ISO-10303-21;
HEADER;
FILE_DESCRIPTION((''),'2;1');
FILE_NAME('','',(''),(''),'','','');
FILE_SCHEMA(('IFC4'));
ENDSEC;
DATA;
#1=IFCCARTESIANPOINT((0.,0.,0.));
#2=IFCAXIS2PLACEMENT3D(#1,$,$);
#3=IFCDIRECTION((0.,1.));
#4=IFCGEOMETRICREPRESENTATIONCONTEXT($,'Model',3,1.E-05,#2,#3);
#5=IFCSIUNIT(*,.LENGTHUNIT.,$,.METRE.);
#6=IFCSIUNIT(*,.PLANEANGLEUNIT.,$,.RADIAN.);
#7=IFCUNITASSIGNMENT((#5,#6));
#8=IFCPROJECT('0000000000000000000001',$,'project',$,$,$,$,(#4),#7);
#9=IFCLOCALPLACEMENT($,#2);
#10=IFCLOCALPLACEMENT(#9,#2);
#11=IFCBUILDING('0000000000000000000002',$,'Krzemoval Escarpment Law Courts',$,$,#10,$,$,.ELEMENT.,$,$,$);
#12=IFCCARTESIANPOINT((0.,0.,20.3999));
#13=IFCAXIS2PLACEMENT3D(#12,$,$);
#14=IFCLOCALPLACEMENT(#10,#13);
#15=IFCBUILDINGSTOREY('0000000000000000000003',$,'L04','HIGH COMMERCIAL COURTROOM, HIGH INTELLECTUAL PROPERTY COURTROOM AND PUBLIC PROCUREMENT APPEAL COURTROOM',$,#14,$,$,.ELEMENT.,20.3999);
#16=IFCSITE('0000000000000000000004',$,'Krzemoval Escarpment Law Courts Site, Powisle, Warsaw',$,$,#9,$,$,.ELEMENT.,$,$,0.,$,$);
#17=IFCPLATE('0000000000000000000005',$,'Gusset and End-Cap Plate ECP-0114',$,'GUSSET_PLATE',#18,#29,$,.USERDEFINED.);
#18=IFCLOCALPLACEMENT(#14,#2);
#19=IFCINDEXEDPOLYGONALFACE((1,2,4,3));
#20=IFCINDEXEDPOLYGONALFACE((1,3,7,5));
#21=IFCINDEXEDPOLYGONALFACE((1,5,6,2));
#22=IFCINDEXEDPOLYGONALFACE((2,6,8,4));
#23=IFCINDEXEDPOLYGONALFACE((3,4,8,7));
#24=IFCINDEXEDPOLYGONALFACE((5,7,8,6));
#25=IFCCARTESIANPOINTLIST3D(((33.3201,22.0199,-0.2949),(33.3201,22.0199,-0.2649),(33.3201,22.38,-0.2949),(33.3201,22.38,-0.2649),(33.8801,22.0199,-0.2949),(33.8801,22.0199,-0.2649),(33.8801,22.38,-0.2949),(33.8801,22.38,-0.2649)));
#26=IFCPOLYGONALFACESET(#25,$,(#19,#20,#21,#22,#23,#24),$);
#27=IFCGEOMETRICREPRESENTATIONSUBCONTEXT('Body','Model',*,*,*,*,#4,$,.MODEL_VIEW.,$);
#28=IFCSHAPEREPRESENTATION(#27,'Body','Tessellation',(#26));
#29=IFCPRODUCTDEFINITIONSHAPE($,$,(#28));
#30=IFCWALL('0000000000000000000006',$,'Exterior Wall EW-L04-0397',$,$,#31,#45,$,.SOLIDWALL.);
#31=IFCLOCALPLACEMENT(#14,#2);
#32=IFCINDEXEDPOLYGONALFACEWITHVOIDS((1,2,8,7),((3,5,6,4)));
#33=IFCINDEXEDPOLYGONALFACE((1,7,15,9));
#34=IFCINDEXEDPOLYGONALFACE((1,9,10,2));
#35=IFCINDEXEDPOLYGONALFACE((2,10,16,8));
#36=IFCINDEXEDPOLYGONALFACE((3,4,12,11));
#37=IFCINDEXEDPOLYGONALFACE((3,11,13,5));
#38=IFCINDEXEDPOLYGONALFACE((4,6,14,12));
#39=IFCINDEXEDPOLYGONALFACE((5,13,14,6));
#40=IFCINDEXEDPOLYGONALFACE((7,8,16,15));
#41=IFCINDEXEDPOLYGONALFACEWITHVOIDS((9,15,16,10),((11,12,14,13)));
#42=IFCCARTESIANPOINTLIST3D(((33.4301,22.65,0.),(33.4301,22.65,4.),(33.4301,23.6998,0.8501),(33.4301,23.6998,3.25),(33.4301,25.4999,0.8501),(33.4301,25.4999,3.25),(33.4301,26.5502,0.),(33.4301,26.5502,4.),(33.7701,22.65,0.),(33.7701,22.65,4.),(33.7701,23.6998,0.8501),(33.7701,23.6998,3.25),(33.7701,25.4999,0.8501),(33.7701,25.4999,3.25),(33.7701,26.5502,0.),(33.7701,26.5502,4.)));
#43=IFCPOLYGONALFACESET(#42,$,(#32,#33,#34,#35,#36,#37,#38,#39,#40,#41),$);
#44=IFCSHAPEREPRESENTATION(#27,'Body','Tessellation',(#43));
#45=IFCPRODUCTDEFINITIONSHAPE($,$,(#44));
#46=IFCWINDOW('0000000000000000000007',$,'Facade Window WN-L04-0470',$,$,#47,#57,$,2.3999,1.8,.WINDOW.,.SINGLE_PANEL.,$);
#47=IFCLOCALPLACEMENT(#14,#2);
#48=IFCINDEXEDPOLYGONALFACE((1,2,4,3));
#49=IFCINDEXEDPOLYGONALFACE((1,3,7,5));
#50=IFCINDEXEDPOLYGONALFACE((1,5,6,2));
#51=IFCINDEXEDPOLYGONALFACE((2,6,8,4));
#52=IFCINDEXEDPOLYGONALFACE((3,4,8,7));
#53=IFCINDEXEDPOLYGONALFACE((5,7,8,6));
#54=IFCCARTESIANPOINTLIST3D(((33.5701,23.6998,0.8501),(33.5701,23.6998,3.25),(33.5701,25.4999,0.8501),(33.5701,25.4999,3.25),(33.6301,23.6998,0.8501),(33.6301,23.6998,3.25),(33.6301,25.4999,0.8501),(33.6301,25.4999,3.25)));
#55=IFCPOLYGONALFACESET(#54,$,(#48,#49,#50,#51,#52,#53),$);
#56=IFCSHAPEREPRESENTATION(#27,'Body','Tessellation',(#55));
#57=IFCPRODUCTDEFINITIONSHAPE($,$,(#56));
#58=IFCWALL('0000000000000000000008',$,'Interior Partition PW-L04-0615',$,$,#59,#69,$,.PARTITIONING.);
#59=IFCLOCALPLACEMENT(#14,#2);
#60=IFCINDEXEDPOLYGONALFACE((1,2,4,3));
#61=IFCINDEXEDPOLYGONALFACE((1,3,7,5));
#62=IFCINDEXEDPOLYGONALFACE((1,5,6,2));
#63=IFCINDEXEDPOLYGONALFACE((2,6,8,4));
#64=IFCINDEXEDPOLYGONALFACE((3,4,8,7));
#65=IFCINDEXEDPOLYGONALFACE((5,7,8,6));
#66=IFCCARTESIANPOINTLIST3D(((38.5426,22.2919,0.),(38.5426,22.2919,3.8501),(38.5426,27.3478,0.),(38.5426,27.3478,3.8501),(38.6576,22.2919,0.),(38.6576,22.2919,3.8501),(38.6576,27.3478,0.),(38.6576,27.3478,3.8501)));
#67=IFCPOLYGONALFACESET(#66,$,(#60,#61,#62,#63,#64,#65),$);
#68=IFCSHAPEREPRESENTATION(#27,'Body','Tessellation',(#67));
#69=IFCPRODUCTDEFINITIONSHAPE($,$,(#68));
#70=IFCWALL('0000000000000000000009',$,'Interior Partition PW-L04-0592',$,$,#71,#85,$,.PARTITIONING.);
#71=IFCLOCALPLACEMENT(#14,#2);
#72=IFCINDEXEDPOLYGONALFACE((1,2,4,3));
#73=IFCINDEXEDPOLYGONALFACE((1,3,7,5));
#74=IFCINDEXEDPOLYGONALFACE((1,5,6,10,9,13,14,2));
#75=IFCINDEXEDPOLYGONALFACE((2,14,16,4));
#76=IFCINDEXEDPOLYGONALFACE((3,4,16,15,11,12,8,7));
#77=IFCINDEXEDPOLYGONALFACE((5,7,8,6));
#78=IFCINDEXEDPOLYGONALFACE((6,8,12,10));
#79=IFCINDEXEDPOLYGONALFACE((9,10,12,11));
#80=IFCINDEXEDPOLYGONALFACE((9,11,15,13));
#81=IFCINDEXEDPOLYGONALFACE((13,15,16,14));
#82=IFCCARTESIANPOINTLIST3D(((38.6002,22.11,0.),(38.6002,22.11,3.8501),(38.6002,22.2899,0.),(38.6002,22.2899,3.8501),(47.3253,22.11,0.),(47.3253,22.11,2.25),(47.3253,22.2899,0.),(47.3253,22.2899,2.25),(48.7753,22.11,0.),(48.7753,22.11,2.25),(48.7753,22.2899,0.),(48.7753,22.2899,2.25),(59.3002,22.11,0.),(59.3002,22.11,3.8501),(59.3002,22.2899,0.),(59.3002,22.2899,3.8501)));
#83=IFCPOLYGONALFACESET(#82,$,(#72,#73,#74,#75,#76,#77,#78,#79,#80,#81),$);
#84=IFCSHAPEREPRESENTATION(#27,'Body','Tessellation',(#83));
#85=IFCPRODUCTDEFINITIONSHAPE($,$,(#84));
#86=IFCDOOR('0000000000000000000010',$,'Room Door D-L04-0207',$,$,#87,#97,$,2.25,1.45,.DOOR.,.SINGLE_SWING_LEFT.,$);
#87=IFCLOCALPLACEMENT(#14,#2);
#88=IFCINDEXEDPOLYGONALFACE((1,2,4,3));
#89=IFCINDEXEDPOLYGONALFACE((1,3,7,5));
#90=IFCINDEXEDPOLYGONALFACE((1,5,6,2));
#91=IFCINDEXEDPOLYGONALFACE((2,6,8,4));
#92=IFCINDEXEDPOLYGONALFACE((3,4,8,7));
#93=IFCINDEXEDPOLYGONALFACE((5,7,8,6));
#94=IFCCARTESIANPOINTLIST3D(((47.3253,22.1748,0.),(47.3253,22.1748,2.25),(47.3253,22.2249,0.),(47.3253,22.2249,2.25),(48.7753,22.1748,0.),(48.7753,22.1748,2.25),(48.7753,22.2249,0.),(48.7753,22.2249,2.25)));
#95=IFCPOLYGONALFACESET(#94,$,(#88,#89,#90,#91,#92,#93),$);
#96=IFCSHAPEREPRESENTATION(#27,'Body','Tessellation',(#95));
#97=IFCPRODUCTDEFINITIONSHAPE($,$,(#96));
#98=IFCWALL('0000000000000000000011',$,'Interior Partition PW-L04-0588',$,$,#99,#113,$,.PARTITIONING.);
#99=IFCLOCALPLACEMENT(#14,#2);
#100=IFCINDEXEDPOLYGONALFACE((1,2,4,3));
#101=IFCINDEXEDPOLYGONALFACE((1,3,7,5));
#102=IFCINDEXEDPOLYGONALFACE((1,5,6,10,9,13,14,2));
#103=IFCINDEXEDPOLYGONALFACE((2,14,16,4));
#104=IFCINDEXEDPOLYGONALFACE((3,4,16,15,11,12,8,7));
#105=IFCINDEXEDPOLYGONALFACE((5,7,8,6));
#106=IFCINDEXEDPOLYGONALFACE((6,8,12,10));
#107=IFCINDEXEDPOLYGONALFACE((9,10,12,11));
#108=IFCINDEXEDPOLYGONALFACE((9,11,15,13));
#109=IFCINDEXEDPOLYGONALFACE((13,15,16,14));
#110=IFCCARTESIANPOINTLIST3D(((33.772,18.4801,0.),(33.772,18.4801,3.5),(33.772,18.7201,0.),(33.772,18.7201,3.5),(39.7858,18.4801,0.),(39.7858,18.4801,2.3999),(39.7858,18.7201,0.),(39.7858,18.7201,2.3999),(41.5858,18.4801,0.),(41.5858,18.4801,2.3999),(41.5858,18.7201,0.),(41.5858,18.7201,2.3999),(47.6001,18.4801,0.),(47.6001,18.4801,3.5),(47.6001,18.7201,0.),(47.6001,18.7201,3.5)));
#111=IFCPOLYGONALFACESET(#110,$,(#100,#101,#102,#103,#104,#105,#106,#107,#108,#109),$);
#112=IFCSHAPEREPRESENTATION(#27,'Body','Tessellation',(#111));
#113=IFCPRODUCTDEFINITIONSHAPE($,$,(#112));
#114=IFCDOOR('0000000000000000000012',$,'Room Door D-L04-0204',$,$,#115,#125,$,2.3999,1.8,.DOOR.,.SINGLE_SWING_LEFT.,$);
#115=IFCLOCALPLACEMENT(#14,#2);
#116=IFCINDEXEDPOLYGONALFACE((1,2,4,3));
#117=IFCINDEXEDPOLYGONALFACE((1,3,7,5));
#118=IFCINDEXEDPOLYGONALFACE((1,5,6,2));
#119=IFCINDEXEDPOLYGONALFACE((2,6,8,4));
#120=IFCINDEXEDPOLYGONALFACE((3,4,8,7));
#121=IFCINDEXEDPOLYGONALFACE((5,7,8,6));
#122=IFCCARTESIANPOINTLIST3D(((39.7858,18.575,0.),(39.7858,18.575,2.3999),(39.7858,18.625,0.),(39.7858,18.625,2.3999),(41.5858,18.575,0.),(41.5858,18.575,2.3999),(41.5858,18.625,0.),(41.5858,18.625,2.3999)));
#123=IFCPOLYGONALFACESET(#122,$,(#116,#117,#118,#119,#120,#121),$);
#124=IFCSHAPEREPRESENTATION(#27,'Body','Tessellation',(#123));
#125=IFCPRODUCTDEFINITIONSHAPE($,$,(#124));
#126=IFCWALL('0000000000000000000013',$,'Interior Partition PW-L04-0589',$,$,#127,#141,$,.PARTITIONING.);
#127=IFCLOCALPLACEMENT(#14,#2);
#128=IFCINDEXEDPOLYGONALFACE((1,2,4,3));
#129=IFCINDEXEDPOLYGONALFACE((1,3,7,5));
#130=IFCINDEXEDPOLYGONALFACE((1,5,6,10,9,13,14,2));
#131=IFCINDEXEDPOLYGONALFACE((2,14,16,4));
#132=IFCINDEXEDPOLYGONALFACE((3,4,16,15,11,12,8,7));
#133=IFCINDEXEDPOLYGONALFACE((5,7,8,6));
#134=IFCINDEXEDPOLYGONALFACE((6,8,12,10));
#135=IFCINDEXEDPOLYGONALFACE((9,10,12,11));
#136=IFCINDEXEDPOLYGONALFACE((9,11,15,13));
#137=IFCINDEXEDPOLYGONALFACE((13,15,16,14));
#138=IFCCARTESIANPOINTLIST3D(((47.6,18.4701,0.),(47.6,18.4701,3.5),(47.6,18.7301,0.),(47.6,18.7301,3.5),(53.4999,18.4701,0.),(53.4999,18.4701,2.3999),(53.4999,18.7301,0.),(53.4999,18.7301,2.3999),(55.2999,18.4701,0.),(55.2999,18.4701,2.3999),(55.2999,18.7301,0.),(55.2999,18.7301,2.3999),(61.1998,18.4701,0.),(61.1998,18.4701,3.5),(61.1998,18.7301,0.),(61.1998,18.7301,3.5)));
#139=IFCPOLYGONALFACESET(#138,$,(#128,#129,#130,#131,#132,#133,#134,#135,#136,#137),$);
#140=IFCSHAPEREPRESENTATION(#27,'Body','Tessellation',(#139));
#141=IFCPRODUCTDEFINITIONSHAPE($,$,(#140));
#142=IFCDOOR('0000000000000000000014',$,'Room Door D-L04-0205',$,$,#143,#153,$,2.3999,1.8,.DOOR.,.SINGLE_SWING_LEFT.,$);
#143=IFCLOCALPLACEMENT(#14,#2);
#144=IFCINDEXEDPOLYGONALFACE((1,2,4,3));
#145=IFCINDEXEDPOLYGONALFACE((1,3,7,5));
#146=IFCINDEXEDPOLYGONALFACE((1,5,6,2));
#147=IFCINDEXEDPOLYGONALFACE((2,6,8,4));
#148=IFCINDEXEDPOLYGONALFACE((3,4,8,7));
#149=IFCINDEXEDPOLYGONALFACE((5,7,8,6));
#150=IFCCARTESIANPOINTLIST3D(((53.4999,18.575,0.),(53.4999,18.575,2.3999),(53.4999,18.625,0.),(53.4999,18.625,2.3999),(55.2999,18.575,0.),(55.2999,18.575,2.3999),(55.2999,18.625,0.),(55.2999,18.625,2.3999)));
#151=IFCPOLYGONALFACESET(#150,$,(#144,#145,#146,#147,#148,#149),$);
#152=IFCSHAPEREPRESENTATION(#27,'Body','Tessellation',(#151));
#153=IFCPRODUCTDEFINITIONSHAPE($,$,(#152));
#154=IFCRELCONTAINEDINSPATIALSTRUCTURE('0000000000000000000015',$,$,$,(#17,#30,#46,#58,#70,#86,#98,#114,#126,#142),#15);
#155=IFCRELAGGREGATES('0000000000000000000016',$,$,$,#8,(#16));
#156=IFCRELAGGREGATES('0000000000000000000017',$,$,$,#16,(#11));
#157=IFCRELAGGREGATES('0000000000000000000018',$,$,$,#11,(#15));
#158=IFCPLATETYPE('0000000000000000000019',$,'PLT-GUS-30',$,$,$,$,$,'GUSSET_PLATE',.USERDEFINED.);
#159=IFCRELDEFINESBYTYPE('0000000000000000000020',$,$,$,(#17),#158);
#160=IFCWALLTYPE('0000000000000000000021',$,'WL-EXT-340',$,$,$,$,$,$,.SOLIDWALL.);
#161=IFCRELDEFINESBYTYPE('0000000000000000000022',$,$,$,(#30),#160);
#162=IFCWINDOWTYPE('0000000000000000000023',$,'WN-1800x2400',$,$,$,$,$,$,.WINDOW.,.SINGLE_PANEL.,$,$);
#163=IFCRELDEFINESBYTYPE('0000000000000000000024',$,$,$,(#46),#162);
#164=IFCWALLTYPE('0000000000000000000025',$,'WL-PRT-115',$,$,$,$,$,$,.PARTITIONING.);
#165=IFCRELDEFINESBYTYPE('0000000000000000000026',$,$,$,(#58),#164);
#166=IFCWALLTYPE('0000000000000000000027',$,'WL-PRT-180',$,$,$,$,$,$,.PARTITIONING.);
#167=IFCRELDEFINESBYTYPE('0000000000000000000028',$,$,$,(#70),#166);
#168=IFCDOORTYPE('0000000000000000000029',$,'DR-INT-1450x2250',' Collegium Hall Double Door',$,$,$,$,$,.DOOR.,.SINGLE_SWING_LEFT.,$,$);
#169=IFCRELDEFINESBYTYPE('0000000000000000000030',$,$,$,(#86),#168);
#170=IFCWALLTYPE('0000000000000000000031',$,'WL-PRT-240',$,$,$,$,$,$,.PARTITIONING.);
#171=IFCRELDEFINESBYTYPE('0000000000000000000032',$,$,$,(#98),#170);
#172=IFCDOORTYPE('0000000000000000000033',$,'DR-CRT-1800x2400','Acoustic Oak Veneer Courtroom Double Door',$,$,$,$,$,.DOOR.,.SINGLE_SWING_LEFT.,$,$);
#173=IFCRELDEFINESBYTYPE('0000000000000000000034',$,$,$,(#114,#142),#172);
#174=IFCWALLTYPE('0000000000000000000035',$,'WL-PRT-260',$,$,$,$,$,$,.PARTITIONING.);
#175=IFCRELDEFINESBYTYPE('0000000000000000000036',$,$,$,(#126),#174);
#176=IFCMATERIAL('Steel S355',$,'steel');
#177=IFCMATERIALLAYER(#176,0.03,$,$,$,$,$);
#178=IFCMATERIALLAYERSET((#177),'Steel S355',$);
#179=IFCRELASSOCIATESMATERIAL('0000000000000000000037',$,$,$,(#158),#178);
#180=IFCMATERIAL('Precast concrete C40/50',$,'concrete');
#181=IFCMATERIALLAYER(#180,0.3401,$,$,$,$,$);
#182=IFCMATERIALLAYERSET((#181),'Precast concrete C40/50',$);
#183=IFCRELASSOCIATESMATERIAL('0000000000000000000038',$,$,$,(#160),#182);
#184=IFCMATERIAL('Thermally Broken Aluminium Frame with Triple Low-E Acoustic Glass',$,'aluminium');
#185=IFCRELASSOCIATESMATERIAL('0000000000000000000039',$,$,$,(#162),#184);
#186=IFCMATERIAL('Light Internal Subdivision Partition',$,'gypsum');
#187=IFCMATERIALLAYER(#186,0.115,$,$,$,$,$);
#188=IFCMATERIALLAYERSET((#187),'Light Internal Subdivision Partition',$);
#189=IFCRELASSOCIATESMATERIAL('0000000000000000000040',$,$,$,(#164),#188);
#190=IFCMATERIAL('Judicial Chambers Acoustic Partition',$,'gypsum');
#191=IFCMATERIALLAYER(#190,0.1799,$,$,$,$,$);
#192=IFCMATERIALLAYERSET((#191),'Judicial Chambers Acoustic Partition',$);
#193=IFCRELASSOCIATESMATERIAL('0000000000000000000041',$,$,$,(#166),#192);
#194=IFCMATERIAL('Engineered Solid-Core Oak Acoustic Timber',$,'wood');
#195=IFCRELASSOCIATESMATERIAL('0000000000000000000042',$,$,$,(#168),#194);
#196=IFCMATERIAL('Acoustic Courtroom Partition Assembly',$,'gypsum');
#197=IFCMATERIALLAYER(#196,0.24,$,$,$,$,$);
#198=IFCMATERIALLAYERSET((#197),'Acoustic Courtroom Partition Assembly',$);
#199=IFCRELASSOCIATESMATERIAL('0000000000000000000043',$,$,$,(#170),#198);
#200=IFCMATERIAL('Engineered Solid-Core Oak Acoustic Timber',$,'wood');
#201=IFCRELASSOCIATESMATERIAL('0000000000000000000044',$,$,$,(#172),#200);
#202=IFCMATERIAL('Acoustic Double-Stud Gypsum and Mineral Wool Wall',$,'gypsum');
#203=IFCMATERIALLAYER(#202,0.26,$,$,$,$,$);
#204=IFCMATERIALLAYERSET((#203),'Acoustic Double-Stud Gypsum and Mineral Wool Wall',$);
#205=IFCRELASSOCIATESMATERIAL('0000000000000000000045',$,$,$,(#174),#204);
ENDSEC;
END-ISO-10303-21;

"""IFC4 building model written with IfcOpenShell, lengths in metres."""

from ifc_helpers import new_model, si_unit, direction, frame, frame_2d, origin, origin_2d, place, context, subcontext, project, spatial, rectangle, extrude, material, layer, layer_set, type_object, element, fill, save


model = new_model("IFC4")

# Units and contexts
model_context = context("Model", 3, precision=1e-05, world=origin(), true_north=direction((0.0, 1.0)))
body_context = subcontext(model_context, "Body", "Model", "MODEL_VIEW")
ifc_project = project(units=[si_unit("LENGTHUNIT", "METRE"), si_unit("PLANEANGLEUNIT", "RADIAN")], contexts=[model_context])

# Site, building, storey
site_placement = place(None, origin())
site = spatial("IfcSite", under=ifc_project, at=site_placement, Name="Krzemoval Escarpment Law Courts Site, Powisle, Warsaw", CompositionType="ELEMENT", RefElevation=0.0)
building_placement = place(site_placement, origin())
building = spatial("IfcBuilding", under=site, at=building_placement, Name="Krzemoval Escarpment Law Courts", CompositionType="ELEMENT")
storey_placement = place(building_placement, frame((0.0, 0.0, 20.3999)))
storey = spatial("IfcBuildingStorey", under=building, at=storey_placement, Name="L04", Description="HIGH COMMERCIAL COURTROOM, HIGH INTELLECTUAL PROPERTY COURTROOM AND PUBLIC PROCUREMENT APPEAL COURTROOM", CompositionType="ELEMENT", Elevation=20.3999)

# Plate
ifc_material_1 = material(Name="Steel S355", Category="steel")
ifc_layer_1 = layer(ifc_material_1, 0.03)
ifc_layer_set_1 = layer_set([ifc_layer_1], Name="Steel S355")
plate_type_1 = type_object("IfcPlateType", Name="PLT-GUS-30", ElementType="GUSSET_PLATE", PredefinedType="USERDEFINED", material=ifc_layer_set_1)
plate_1_placement = place(storey_placement, frame((33.6001, 22.2, -0.2949), z_axis=(0.0, 0.0, 1.0), x_axis=(1.0, 0.0, 0.0)))
element("IfcPlate", 1, at=plate_1_placement, inside=storey, type_object=plate_type_1, Name="Gusset and End-Cap Plate ECP-0114", ObjectType="GUSSET_PLATE", PredefinedType="USERDEFINED", context=body_context, shape_type="SweptSolid", body=[
    extrude(rectangle(XDim=0.5601, YDim=0.3601, at=origin_2d()), origin(), (0.0, 0.0, 1.0), 0.03),
])

# Wall, opening, window
ifc_material_2 = material(Name="Precast concrete C40/50", Category="concrete")
ifc_layer_2 = layer(ifc_material_2, 0.3401)
ifc_layer_set_2 = layer_set([ifc_layer_2], Name="Precast concrete C40/50")
wall_type_1 = type_object("IfcWallType", Name="WL-EXT-340", PredefinedType="SOLIDWALL", material=ifc_layer_set_2)
wall_1_placement = place(storey_placement, frame((33.6001, 22.6499, 0.0), z_axis=(0.0, 0.0, 1.0), x_axis=(0.0, 1.0, 0.0)))
wall_1 = element("IfcWall", 2, at=wall_1_placement, inside=storey, type_object=wall_type_1, Name="Exterior Wall EW-L04-0397", PredefinedType="SOLIDWALL", context=body_context, shape_type="SweptSolid", body=[
    extrude(rectangle(XDim=3.9001, YDim=0.3401, at=frame_2d((1.9502, 0.0))), origin(), (0.0, 0.0, 1.0), 4.0),
])
opening_1_placement = place(wall_1_placement, frame((1.05, 0.0, 0.8501)))
opening_1 = element("IfcOpeningElement", 3, at=opening_1_placement, cuts=wall_1, PredefinedType="OPENING", context=body_context, shape_type="SweptSolid", body=[
    extrude(rectangle(XDim=1.8, YDim=2.3999, at=frame_2d((0.8999, 1.2))), frame((0.0, 0.185, 0.0), z_axis=(0.0, -1.0, 0.0), x_axis=(1.0, 0.0, 0.0)), (0.0, 0.0, 1.0), 0.3701),
])
ifc_material_3 = material(Name="Thermally Broken Aluminium Frame with Triple Low-E Acoustic Glass", Category="aluminium")
window_type = type_object("IfcWindowType", Name="WN-1800x2400", PartitioningType="SINGLE_PANEL", PredefinedType="WINDOW", material=ifc_material_3)
window_placement = place(opening_1_placement, origin())
window = element("IfcWindow", 4, at=window_placement, inside=storey, type_object=window_type, Name="Facade Window WN-L04-0470", OverallHeight=2.3999, OverallWidth=1.8, PartitioningType="SINGLE_PANEL", PredefinedType="WINDOW", context=body_context, shape_type="SweptSolid", body=[
    extrude(rectangle(XDim=1.8, YDim=2.3999, at=frame_2d((0.8999, 1.2))), frame((0.0, 0.03, 0.0), z_axis=(0.0, -1.0, 0.0), x_axis=(1.0, 0.0, 0.0)), (0.0, 0.0, 1.0), 0.0601),
])
fill(opening_1, window)

# Wall
ifc_material_4 = material(Name="Light Internal Subdivision Partition", Category="gypsum")
ifc_layer_3 = layer(ifc_material_4, 0.115)
ifc_layer_set_3 = layer_set([ifc_layer_3], Name="Light Internal Subdivision Partition")
wall_type_2 = type_object("IfcWallType", Name="WL-PRT-115", PredefinedType="PARTITIONING", material=ifc_layer_set_3)
wall_2_placement = place(storey_placement, frame((38.6001, 22.292, 0.0), z_axis=(0.0, 0.0, 1.0), x_axis=(0.0, 1.0, 0.0)))
element("IfcWall", 5, at=wall_2_placement, inside=storey, type_object=wall_type_2, Name="Interior Partition PW-L04-0615", PredefinedType="PARTITIONING", context=body_context, shape_type="SweptSolid", body=[
    extrude(rectangle(XDim=5.0559, YDim=0.115, at=frame_2d((2.5278, 0.0))), origin(), (0.0, 0.0, 1.0), 3.8501),
])

# Walls, openings, doors
ifc_material_5 = material(Name="Judicial Chambers Acoustic Partition", Category="gypsum")
ifc_layer_4 = layer(ifc_material_5, 0.1799)
ifc_layer_set_4 = layer_set([ifc_layer_4], Name="Judicial Chambers Acoustic Partition")
wall_type_3 = type_object("IfcWallType", Name="WL-PRT-180", PredefinedType="PARTITIONING", material=ifc_layer_set_4)
wall_3_placement = place(storey_placement, frame((38.6001, 22.2, 0.0), z_axis=(0.0, 0.0, 1.0), x_axis=(1.0, 0.0, 0.0)))
wall_3 = element("IfcWall", 6, at=wall_3_placement, inside=storey, type_object=wall_type_3, Name="Interior Partition PW-L04-0592", PredefinedType="PARTITIONING", context=body_context, shape_type="SweptSolid", body=[
    extrude(rectangle(XDim=20.7, YDim=0.1799, at=frame_2d((10.3501, 0.0))), origin(), (0.0, 0.0, 1.0), 3.8501),
])
opening_2_placement = place(wall_3_placement, frame((8.7251, 0.0, 0.0)))
opening_2 = element("IfcOpeningElement", 7, at=opening_2_placement, cuts=wall_3, PredefinedType="OPENING", context=body_context, shape_type="SweptSolid", body=[
    extrude(rectangle(XDim=1.45, YDim=2.25, at=frame_2d((0.7251, 1.125))), frame((0.0, 0.105, 0.0), z_axis=(0.0, -1.0, 0.0), x_axis=(1.0, 0.0, 0.0)), (0.0, 0.0, 1.0), 0.2099),
])
ifc_material_6 = material(Name="Engineered Solid-Core Oak Acoustic Timber", Category="wood")
door_type_1 = type_object("IfcDoorType", Name="DR-INT-1450x2250", Description=" Collegium Hall Double Door", OperationType="SINGLE_SWING_LEFT", PredefinedType="DOOR", material=ifc_material_6)
door_1_placement = place(opening_2_placement, origin())
door_1 = element("IfcDoor", 8, at=door_1_placement, inside=storey, type_object=door_type_1, Name="Room Door D-L04-0207", OperationType="SINGLE_SWING_LEFT", OverallHeight=2.25, OverallWidth=1.45, PredefinedType="DOOR", context=body_context, shape_type="SweptSolid", body=[
    extrude(rectangle(XDim=1.45, YDim=2.25, at=frame_2d((0.7251, 1.125))), frame((0.0, 0.0249, 0.0), z_axis=(0.0, -1.0, 0.0), x_axis=(1.0, 0.0, 0.0)), (0.0, 0.0, 1.0), 0.05),
])
fill(opening_2, door_1)
ifc_material_7 = material(Name="Acoustic Courtroom Partition Assembly", Category="gypsum")
ifc_layer_5 = layer(ifc_material_7, 0.24)
ifc_layer_set_5 = layer_set([ifc_layer_5], Name="Acoustic Courtroom Partition Assembly")
wall_type_4 = type_object("IfcWallType", Name="WL-PRT-240", PredefinedType="PARTITIONING", material=ifc_layer_set_5)
wall_4_placement = place(storey_placement, frame((33.772, 18.6001, 0.0), z_axis=(0.0, 0.0, 1.0), x_axis=(1.0, 0.0, 0.0)))
wall_4 = element("IfcWall", 9, at=wall_4_placement, inside=storey, type_object=wall_type_4, Name="Interior Partition PW-L04-0588", PredefinedType="PARTITIONING", context=body_context, shape_type="SweptSolid", body=[
    extrude(rectangle(XDim=13.8281, YDim=0.24, at=frame_2d((6.9141, 0.0))), origin(), (0.0, 0.0, 1.0), 3.5),
])
opening_3_placement = place(wall_4_placement, frame((6.0139, 0.0, 0.0)))
opening_3 = element("IfcOpeningElement", 10, at=opening_3_placement, cuts=wall_4, PredefinedType="OPENING", context=body_context, shape_type="SweptSolid", body=[
    extrude(rectangle(XDim=1.8, YDim=2.3999, at=frame_2d((0.8999, 1.2))), frame((0.0, 0.135, 0.0), z_axis=(0.0, -1.0, 0.0), x_axis=(1.0, 0.0, 0.0)), (0.0, 0.0, 1.0), 0.27),
])
ifc_material_8 = material(Name="Engineered Solid-Core Oak Acoustic Timber", Category="wood")
door_type_2 = type_object("IfcDoorType", Name="DR-CRT-1800x2400", Description="Acoustic Oak Veneer Courtroom Double Door", OperationType="SINGLE_SWING_LEFT", PredefinedType="DOOR", material=ifc_material_8)
door_2_placement = place(opening_3_placement, origin())
door_2 = element("IfcDoor", 11, at=door_2_placement, inside=storey, type_object=door_type_2, Name="Room Door D-L04-0204", OperationType="SINGLE_SWING_LEFT", OverallHeight=2.3999, OverallWidth=1.8, PredefinedType="DOOR", context=body_context, shape_type="SweptSolid", body=[
    extrude(rectangle(XDim=1.8, YDim=2.3999, at=frame_2d((0.8999, 1.2))), frame((0.0, 0.0249, 0.0), z_axis=(0.0, -1.0, 0.0), x_axis=(1.0, 0.0, 0.0)), (0.0, 0.0, 1.0), 0.05),
])
fill(opening_3, door_2)
ifc_material_9 = material(Name="Acoustic Double-Stud Gypsum and Mineral Wool Wall", Category="gypsum")
ifc_layer_6 = layer(ifc_material_9, 0.26)
ifc_layer_set_6 = layer_set([ifc_layer_6], Name="Acoustic Double-Stud Gypsum and Mineral Wool Wall")
wall_type_5 = type_object("IfcWallType", Name="WL-PRT-260", PredefinedType="PARTITIONING", material=ifc_layer_set_6)
wall_5_placement = place(storey_placement, frame((47.6001, 18.6001, 0.0), z_axis=(0.0, 0.0, 1.0), x_axis=(1.0, 0.0, 0.0)))
wall_5 = element("IfcWall", 12, at=wall_5_placement, inside=storey, type_object=wall_type_5, Name="Interior Partition PW-L04-0589", PredefinedType="PARTITIONING", context=body_context, shape_type="SweptSolid", body=[
    extrude(rectangle(XDim=13.5999, YDim=0.26, at=frame_2d((6.7998, 0.0))), origin(), (0.0, 0.0, 1.0), 3.5),
])
opening_4_placement = place(wall_5_placement, frame((5.8999, 0.0, 0.0)))
opening_4 = element("IfcOpeningElement", 13, at=opening_4_placement, cuts=wall_5, PredefinedType="OPENING", context=body_context, shape_type="SweptSolid", body=[
    extrude(rectangle(XDim=1.8, YDim=2.3999, at=frame_2d((0.8999, 1.2))), frame((0.0, 0.145, 0.0), z_axis=(0.0, -1.0, 0.0), x_axis=(1.0, 0.0, 0.0)), (0.0, 0.0, 1.0), 0.29),
])
door_3_placement = place(opening_4_placement, origin())
door_3 = element("IfcDoor", 14, at=door_3_placement, inside=storey, type_object=door_type_2, Name="Room Door D-L04-0205", OperationType="SINGLE_SWING_LEFT", OverallHeight=2.3999, OverallWidth=1.8, PredefinedType="DOOR", context=body_context, shape_type="SweptSolid", body=[
    extrude(rectangle(XDim=1.8, YDim=2.3999, at=frame_2d((0.8999, 1.2))), frame((0.0, 0.0249, 0.0), z_axis=(0.0, -1.0, 0.0), x_axis=(1.0, 0.0, 0.0)), (0.0, 0.0, 1.0), 0.05),
])
fill(opening_4, door_3)

save(model, "model.ifc")
